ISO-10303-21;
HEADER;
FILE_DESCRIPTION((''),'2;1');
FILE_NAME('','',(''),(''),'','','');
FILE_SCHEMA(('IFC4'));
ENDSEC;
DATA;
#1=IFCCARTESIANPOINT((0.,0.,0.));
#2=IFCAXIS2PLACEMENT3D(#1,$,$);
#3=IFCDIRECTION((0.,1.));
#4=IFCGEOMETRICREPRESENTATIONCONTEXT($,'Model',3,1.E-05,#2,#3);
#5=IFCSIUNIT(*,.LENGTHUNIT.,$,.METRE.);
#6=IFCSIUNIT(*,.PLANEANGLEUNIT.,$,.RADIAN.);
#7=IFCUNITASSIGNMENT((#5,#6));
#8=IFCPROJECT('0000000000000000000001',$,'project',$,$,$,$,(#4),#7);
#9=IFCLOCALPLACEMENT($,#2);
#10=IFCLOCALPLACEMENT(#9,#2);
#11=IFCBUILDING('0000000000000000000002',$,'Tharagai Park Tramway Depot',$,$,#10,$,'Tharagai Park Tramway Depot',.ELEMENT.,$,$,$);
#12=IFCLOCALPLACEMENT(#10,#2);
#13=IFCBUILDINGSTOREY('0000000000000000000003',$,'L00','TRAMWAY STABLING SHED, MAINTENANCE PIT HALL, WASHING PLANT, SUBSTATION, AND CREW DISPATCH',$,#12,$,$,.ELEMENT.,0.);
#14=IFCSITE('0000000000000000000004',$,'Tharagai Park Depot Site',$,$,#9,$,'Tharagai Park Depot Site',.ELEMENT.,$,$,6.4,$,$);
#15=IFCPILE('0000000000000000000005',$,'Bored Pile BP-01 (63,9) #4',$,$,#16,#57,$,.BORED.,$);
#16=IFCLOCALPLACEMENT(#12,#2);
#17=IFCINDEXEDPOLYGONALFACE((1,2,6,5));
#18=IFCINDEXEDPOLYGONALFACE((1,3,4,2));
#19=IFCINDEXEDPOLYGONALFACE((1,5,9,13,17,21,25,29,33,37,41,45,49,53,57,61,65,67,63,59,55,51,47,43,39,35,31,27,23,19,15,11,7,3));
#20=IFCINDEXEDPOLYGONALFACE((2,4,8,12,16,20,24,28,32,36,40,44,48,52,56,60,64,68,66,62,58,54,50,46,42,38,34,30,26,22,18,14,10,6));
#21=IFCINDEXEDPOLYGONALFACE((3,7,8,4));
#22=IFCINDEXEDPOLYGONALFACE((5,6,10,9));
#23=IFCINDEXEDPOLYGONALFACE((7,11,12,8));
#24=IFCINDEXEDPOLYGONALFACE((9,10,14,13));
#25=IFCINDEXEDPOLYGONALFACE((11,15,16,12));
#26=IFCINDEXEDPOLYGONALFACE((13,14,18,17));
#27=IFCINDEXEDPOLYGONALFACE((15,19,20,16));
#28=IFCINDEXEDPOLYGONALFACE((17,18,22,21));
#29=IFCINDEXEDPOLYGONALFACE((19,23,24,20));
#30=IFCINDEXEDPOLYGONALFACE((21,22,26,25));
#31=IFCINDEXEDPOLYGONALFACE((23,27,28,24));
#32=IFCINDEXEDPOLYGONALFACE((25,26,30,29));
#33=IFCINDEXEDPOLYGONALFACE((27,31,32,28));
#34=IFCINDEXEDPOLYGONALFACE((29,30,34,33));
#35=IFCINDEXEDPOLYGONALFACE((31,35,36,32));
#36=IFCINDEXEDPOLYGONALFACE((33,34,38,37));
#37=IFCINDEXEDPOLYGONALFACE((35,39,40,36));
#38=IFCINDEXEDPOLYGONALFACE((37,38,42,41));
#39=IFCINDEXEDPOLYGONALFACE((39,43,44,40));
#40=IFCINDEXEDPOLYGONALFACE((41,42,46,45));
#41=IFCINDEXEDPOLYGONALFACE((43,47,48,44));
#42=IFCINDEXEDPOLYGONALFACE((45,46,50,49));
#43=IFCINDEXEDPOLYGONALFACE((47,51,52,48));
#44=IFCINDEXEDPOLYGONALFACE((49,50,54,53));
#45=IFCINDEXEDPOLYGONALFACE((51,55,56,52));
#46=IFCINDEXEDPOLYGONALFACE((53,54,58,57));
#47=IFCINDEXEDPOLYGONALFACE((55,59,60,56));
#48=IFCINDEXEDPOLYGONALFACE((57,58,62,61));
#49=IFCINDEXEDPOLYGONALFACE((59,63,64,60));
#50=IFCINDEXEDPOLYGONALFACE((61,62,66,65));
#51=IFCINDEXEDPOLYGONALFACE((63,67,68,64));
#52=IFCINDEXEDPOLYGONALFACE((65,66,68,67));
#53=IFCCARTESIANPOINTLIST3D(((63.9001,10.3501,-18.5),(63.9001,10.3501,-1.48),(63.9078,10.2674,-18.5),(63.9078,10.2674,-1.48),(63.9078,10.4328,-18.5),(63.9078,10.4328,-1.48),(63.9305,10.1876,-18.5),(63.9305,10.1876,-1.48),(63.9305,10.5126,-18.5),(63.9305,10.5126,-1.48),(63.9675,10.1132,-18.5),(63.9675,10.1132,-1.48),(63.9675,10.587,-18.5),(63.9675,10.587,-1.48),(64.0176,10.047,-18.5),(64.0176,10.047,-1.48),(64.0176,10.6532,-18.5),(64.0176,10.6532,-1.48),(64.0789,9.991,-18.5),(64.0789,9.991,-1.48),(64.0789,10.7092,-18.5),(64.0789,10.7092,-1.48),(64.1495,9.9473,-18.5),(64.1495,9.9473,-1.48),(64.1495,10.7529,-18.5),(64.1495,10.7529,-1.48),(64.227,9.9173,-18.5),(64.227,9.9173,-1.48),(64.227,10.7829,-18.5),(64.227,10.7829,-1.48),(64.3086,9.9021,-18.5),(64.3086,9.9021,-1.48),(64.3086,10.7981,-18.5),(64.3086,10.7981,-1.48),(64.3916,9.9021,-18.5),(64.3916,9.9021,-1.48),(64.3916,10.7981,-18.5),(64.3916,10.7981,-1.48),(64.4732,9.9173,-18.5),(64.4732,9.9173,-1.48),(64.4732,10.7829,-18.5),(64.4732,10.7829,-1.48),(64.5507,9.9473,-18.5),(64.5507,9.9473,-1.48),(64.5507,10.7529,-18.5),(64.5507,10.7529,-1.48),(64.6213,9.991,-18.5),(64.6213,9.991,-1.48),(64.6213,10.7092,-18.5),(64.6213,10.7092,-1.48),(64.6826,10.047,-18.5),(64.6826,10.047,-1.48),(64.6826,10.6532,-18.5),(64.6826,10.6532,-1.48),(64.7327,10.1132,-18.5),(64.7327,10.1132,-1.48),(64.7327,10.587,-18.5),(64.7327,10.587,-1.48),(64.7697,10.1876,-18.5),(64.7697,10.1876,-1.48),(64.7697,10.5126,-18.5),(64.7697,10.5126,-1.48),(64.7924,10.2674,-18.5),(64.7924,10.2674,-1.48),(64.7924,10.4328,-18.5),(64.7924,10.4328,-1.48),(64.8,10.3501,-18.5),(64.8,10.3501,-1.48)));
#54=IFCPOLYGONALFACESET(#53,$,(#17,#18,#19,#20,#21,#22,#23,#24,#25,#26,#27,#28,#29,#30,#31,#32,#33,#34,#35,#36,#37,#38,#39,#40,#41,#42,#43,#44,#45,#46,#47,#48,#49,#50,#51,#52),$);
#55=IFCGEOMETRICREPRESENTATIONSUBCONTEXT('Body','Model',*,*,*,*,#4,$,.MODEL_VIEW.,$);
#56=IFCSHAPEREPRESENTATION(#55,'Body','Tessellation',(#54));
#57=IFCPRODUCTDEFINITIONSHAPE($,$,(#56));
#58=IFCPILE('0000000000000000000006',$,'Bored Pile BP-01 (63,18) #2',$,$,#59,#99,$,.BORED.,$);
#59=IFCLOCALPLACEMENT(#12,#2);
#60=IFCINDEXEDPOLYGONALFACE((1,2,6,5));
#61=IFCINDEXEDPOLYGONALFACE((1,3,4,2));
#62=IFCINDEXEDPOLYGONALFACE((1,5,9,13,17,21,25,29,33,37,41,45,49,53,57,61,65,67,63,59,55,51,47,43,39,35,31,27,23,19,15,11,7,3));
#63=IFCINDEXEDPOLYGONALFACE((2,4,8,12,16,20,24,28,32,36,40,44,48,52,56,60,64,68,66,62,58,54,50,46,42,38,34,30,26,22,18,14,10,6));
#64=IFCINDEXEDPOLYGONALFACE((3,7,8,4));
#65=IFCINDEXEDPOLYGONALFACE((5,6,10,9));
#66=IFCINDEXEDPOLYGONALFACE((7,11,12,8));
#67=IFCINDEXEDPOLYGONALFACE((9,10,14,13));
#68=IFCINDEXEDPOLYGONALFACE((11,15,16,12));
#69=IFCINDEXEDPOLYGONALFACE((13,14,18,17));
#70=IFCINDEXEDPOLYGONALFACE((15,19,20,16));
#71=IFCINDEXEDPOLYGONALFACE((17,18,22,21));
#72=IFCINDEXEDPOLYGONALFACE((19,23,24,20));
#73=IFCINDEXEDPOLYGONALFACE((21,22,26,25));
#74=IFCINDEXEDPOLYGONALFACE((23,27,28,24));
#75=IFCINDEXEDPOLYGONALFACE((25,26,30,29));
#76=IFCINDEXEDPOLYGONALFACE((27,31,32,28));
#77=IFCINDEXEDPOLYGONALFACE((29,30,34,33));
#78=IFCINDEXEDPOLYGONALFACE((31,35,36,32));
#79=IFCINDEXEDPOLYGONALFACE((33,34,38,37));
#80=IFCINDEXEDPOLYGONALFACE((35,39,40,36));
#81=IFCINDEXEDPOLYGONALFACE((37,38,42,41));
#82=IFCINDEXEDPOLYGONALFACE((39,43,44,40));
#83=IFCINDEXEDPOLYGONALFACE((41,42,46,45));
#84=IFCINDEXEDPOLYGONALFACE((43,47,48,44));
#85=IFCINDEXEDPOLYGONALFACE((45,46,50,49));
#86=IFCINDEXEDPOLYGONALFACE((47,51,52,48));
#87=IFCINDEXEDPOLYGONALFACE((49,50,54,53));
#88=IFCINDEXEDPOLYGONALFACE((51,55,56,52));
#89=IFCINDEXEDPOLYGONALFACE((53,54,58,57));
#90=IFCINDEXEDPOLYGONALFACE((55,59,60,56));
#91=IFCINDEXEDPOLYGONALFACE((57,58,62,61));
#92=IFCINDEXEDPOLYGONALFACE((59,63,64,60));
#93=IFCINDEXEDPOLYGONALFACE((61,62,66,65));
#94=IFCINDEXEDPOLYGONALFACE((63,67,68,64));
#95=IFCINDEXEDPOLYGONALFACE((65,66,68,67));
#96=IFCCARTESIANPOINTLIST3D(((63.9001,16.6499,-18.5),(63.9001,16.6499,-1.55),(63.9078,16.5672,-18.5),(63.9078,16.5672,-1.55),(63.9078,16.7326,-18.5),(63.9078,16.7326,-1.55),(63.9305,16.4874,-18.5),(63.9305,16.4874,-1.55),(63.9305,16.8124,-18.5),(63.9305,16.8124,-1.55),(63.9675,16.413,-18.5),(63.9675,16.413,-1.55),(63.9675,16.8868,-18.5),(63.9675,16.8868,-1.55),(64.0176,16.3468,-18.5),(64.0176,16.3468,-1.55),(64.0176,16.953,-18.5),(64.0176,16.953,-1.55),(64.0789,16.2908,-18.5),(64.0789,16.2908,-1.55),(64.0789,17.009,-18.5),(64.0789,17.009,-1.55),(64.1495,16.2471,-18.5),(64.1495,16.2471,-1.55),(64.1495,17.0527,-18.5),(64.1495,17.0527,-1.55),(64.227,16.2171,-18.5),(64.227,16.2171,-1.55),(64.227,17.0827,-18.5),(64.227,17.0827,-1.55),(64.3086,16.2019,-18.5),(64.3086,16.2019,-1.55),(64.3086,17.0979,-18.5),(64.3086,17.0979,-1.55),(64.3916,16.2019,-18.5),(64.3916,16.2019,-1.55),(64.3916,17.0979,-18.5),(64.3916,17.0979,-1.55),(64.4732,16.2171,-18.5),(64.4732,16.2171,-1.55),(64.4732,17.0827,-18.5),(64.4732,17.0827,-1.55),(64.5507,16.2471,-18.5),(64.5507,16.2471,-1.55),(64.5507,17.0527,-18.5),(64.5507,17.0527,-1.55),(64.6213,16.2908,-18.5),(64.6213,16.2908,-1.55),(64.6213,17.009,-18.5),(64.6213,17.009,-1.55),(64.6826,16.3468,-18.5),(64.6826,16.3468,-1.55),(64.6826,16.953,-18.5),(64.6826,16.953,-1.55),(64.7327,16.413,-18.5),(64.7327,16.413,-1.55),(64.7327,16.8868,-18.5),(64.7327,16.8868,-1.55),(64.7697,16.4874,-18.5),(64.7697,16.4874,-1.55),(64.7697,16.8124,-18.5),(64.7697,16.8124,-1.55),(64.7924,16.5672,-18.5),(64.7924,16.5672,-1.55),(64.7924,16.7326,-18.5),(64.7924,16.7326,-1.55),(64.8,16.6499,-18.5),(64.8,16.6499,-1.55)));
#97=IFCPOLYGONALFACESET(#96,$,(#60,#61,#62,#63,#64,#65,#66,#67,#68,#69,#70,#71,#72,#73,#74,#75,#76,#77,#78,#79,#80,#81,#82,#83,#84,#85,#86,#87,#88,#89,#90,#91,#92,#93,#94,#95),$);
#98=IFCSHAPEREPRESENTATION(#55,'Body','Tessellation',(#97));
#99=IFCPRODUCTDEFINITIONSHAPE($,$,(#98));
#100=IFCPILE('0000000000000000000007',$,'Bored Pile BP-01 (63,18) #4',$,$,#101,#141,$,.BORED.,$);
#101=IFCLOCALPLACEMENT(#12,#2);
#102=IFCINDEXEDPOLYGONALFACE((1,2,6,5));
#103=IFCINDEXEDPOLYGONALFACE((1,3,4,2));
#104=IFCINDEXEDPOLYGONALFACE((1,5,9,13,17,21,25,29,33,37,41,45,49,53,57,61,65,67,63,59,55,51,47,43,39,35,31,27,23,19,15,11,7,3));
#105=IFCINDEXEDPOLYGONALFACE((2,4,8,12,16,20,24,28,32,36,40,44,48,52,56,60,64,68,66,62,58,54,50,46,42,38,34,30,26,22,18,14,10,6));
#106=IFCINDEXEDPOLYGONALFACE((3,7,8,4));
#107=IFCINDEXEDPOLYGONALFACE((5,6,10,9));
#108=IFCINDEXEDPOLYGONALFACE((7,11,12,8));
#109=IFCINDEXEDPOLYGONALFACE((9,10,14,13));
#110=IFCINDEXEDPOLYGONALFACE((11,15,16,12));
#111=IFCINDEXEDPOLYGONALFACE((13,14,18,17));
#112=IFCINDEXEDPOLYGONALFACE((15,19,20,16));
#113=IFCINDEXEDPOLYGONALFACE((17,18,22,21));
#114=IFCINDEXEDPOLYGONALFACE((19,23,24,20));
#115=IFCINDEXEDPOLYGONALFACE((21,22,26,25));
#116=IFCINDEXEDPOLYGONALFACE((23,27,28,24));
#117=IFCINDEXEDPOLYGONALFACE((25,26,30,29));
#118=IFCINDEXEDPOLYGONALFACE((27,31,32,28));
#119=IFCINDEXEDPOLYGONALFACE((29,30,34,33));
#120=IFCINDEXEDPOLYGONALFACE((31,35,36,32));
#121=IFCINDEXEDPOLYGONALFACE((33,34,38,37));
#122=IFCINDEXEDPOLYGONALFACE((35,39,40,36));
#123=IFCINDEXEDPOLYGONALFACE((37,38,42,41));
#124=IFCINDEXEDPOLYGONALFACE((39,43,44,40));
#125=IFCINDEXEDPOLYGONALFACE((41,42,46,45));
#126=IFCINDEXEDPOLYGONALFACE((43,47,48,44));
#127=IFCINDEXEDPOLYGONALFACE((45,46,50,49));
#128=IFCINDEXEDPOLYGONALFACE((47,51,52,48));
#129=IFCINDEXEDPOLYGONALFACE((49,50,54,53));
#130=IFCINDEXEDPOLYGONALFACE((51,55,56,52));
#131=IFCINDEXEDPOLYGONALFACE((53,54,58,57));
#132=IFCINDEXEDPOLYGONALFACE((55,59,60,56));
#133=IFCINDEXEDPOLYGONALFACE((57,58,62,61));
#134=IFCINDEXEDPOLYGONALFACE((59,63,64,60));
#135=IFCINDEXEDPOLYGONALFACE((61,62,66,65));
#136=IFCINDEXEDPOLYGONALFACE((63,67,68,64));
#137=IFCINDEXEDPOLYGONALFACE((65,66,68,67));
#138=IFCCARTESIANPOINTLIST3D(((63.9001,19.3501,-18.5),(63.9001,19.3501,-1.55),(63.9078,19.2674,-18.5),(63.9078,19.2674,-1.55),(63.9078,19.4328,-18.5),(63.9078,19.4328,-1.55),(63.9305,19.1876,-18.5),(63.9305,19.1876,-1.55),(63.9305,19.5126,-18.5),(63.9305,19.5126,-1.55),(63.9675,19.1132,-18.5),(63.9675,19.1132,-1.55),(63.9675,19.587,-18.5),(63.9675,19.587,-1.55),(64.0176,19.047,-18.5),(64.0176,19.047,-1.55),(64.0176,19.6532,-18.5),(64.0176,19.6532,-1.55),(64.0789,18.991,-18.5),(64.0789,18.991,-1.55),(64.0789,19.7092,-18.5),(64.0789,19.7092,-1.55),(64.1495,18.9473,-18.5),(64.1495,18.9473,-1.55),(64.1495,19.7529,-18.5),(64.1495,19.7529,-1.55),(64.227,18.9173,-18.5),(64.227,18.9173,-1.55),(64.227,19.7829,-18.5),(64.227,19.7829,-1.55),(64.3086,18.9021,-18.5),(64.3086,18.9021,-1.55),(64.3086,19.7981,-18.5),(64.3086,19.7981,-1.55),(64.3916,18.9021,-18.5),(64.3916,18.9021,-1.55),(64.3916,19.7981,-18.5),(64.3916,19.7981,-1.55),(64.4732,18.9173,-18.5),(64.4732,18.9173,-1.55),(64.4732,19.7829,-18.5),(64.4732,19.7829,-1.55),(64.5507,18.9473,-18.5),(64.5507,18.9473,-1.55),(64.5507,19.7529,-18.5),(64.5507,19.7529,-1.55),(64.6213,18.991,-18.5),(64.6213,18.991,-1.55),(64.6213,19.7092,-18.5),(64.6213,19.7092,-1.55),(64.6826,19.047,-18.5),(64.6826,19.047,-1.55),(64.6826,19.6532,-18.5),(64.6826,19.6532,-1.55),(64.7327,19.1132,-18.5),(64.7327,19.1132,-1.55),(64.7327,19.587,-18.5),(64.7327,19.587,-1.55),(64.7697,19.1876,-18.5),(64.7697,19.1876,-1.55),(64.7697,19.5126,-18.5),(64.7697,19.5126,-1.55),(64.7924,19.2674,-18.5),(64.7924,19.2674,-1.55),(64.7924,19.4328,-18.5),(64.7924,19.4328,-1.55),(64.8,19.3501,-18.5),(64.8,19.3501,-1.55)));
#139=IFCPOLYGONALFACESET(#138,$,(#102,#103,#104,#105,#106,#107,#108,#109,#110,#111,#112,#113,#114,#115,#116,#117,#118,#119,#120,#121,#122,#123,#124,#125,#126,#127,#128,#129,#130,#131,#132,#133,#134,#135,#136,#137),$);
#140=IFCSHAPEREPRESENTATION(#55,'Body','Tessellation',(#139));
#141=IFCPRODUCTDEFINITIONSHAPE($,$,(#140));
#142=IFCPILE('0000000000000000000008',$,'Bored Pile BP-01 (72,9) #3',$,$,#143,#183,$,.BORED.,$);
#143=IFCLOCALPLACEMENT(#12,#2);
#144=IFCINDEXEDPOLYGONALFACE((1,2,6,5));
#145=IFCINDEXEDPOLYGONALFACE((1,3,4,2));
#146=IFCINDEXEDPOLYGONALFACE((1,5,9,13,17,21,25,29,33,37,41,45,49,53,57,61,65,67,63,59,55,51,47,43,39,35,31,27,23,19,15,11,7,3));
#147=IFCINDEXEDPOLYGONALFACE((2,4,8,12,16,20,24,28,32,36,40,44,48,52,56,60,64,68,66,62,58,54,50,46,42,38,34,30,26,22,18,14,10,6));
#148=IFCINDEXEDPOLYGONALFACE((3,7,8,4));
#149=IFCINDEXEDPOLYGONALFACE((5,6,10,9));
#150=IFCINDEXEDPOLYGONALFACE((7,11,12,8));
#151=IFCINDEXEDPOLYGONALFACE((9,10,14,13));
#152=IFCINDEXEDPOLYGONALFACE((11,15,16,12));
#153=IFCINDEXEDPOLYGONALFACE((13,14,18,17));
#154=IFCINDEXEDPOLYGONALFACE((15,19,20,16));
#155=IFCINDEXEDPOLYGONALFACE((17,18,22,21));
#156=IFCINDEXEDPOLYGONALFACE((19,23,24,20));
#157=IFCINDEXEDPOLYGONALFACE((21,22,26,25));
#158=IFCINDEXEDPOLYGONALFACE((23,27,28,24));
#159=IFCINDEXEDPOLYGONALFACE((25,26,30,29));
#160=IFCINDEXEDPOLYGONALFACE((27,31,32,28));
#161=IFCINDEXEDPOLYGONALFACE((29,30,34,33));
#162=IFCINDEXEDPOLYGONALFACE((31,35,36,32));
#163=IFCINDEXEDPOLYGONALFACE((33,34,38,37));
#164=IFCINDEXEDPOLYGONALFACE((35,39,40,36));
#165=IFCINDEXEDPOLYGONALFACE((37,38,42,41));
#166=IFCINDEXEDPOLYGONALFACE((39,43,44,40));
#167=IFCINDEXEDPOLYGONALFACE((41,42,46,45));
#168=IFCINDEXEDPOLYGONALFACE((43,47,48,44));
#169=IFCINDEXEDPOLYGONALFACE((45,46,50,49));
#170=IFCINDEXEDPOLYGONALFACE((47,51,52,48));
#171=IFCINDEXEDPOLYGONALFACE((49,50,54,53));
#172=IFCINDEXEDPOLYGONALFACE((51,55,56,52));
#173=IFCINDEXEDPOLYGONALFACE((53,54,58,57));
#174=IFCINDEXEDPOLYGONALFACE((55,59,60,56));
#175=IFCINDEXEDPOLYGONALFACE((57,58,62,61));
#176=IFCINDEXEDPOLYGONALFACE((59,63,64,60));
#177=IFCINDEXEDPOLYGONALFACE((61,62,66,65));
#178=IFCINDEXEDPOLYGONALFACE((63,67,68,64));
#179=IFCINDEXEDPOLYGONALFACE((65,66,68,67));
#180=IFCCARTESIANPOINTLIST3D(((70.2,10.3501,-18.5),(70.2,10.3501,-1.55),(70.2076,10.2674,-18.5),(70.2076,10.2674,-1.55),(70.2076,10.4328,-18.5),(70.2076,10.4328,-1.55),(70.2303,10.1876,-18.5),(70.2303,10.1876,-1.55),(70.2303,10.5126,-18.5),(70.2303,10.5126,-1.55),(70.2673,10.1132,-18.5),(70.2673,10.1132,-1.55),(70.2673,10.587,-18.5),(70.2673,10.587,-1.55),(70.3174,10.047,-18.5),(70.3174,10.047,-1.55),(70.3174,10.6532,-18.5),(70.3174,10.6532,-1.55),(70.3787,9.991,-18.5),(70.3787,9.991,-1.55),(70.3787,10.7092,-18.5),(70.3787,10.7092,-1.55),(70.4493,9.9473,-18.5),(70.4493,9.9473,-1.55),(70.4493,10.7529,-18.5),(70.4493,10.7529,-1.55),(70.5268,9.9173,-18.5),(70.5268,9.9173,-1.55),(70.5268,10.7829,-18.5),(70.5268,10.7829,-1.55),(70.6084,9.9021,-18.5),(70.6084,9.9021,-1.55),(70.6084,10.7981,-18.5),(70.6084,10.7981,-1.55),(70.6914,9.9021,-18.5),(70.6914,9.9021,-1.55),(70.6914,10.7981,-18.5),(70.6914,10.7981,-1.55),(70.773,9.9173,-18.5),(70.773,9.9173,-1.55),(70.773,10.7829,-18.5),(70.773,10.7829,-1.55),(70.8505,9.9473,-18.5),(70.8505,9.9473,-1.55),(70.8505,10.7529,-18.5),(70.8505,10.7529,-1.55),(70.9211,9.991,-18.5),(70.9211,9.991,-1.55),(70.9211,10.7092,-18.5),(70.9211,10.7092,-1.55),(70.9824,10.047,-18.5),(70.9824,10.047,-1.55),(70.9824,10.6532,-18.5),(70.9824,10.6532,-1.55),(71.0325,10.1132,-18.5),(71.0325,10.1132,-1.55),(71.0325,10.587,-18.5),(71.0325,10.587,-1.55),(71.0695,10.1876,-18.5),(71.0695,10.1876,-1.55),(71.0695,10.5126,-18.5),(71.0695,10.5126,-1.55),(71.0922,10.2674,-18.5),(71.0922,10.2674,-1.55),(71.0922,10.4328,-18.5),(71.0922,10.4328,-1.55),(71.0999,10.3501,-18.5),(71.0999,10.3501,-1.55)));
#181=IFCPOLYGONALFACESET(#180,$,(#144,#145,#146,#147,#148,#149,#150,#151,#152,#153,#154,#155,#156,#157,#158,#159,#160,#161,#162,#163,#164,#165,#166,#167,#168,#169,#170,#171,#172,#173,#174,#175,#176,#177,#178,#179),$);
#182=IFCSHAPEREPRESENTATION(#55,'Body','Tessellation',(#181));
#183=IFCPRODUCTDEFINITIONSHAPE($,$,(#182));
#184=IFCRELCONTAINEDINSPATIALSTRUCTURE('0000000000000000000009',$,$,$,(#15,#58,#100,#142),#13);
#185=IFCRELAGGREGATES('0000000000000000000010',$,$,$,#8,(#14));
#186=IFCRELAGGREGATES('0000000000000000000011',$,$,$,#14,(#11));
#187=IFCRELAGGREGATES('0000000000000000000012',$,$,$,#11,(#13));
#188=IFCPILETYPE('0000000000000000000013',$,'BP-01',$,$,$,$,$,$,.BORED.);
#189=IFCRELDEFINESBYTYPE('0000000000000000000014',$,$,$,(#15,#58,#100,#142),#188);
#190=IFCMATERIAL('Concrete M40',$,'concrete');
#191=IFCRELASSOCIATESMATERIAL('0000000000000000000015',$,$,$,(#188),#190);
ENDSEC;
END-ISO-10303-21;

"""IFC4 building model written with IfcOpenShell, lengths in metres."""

from ifc_helpers import new_model, si_unit, direction, frame, origin, origin_2d, place, context, subcontext, project, spatial, circle, extrude, material, material_profile, profile_set, type_object, element, save


model = new_model("IFC4")

# Units and contexts
model_context = context("Model", 3, precision=1e-05, world=origin(), true_north=direction((0.0, 1.0)))
body_context = subcontext(model_context, "Body", "Model", "MODEL_VIEW")
ifc_project = project(units=[si_unit("LENGTHUNIT", "METRE"), si_unit("PLANEANGLEUNIT", "RADIAN")], contexts=[model_context])

# Site, building, storey
site_placement = place(None, origin())
site = spatial("IfcSite", under=ifc_project, at=site_placement, Name="Tharagai Park Depot Site", LongName="Tharagai Park Depot Site", CompositionType="ELEMENT", RefElevation=6.4)
building_placement = place(site_placement, origin())
building = spatial("IfcBuilding", under=site, at=building_placement, Name="Tharagai Park Tramway Depot", LongName="Tharagai Park Tramway Depot", CompositionType="ELEMENT")
storey_placement = place(building_placement, origin())
storey = spatial("IfcBuildingStorey", under=building, at=storey_placement, Name="L00", Description="TRAMWAY STABLING SHED, MAINTENANCE PIT HALL, WASHING PLANT, SUBSTATION, AND CREW DISPATCH", CompositionType="ELEMENT", Elevation=0.0)

# Piles
ifc_material_1 = material(Name="Concrete M40", Category="concrete")
ifc_material_profile_1 = material_profile(ifc_material_1, circle(Radius=0.45, at=origin_2d()), Name="PILE D900")
ifc_profile_set_1 = profile_set([ifc_material_profile_1], Name="Concrete M40")
pile_type_1 = type_object("IfcPileType", Name="BP-01", PredefinedType="BORED", material=ifc_profile_set_1)
pile_1_placement = place(storey_placement, frame((64.3501, 10.3501, -1.48), z_axis=(0.0, 0.0, -1.0), x_axis=(1.0, 0.0, 0.0)))
element("IfcPile", 1, at=pile_1_placement, inside=storey, type_object=pile_type_1, Name="Bored Pile BP-01 (63,9) #4", PredefinedType="BORED", context=body_context, shape_type="SweptSolid", body=[
    extrude(circle(Radius=0.45, at=origin_2d()), origin(), (0.0, 0.0, 1.0), 17.02),
])
for number, where, z_axis, x_axis, name in (
    (2, (64.3501, 16.6499, -1.55), (0.0, 0.0, -1.0), (1.0, 0.0, 0.0), "Bored Pile BP-01 (63,18) #2"),
    (3, (64.3501, 19.3501, -1.55), (0.0, 0.0, -1.0), (1.0, 0.0, 0.0), "Bored Pile BP-01 (63,18) #4"),
    (4, (70.6499, 10.3501, -1.55), (0.0, 0.0, -1.0), (1.0, 0.0, 0.0), "Bored Pile BP-01 (72,9) #3"),
):
    element("IfcPile", number, at=place(storey_placement, frame(where, z_axis=z_axis, x_axis=x_axis)), inside=storey, type_object=pile_type_1, Name=name, PredefinedType="BORED", context=body_context, shape_type="SweptSolid", body=[
        extrude(circle(Radius=0.45, at=origin_2d()), origin(), (0.0, 0.0, 1.0), 16.95),
    ])

save(model, "model.ifc")
